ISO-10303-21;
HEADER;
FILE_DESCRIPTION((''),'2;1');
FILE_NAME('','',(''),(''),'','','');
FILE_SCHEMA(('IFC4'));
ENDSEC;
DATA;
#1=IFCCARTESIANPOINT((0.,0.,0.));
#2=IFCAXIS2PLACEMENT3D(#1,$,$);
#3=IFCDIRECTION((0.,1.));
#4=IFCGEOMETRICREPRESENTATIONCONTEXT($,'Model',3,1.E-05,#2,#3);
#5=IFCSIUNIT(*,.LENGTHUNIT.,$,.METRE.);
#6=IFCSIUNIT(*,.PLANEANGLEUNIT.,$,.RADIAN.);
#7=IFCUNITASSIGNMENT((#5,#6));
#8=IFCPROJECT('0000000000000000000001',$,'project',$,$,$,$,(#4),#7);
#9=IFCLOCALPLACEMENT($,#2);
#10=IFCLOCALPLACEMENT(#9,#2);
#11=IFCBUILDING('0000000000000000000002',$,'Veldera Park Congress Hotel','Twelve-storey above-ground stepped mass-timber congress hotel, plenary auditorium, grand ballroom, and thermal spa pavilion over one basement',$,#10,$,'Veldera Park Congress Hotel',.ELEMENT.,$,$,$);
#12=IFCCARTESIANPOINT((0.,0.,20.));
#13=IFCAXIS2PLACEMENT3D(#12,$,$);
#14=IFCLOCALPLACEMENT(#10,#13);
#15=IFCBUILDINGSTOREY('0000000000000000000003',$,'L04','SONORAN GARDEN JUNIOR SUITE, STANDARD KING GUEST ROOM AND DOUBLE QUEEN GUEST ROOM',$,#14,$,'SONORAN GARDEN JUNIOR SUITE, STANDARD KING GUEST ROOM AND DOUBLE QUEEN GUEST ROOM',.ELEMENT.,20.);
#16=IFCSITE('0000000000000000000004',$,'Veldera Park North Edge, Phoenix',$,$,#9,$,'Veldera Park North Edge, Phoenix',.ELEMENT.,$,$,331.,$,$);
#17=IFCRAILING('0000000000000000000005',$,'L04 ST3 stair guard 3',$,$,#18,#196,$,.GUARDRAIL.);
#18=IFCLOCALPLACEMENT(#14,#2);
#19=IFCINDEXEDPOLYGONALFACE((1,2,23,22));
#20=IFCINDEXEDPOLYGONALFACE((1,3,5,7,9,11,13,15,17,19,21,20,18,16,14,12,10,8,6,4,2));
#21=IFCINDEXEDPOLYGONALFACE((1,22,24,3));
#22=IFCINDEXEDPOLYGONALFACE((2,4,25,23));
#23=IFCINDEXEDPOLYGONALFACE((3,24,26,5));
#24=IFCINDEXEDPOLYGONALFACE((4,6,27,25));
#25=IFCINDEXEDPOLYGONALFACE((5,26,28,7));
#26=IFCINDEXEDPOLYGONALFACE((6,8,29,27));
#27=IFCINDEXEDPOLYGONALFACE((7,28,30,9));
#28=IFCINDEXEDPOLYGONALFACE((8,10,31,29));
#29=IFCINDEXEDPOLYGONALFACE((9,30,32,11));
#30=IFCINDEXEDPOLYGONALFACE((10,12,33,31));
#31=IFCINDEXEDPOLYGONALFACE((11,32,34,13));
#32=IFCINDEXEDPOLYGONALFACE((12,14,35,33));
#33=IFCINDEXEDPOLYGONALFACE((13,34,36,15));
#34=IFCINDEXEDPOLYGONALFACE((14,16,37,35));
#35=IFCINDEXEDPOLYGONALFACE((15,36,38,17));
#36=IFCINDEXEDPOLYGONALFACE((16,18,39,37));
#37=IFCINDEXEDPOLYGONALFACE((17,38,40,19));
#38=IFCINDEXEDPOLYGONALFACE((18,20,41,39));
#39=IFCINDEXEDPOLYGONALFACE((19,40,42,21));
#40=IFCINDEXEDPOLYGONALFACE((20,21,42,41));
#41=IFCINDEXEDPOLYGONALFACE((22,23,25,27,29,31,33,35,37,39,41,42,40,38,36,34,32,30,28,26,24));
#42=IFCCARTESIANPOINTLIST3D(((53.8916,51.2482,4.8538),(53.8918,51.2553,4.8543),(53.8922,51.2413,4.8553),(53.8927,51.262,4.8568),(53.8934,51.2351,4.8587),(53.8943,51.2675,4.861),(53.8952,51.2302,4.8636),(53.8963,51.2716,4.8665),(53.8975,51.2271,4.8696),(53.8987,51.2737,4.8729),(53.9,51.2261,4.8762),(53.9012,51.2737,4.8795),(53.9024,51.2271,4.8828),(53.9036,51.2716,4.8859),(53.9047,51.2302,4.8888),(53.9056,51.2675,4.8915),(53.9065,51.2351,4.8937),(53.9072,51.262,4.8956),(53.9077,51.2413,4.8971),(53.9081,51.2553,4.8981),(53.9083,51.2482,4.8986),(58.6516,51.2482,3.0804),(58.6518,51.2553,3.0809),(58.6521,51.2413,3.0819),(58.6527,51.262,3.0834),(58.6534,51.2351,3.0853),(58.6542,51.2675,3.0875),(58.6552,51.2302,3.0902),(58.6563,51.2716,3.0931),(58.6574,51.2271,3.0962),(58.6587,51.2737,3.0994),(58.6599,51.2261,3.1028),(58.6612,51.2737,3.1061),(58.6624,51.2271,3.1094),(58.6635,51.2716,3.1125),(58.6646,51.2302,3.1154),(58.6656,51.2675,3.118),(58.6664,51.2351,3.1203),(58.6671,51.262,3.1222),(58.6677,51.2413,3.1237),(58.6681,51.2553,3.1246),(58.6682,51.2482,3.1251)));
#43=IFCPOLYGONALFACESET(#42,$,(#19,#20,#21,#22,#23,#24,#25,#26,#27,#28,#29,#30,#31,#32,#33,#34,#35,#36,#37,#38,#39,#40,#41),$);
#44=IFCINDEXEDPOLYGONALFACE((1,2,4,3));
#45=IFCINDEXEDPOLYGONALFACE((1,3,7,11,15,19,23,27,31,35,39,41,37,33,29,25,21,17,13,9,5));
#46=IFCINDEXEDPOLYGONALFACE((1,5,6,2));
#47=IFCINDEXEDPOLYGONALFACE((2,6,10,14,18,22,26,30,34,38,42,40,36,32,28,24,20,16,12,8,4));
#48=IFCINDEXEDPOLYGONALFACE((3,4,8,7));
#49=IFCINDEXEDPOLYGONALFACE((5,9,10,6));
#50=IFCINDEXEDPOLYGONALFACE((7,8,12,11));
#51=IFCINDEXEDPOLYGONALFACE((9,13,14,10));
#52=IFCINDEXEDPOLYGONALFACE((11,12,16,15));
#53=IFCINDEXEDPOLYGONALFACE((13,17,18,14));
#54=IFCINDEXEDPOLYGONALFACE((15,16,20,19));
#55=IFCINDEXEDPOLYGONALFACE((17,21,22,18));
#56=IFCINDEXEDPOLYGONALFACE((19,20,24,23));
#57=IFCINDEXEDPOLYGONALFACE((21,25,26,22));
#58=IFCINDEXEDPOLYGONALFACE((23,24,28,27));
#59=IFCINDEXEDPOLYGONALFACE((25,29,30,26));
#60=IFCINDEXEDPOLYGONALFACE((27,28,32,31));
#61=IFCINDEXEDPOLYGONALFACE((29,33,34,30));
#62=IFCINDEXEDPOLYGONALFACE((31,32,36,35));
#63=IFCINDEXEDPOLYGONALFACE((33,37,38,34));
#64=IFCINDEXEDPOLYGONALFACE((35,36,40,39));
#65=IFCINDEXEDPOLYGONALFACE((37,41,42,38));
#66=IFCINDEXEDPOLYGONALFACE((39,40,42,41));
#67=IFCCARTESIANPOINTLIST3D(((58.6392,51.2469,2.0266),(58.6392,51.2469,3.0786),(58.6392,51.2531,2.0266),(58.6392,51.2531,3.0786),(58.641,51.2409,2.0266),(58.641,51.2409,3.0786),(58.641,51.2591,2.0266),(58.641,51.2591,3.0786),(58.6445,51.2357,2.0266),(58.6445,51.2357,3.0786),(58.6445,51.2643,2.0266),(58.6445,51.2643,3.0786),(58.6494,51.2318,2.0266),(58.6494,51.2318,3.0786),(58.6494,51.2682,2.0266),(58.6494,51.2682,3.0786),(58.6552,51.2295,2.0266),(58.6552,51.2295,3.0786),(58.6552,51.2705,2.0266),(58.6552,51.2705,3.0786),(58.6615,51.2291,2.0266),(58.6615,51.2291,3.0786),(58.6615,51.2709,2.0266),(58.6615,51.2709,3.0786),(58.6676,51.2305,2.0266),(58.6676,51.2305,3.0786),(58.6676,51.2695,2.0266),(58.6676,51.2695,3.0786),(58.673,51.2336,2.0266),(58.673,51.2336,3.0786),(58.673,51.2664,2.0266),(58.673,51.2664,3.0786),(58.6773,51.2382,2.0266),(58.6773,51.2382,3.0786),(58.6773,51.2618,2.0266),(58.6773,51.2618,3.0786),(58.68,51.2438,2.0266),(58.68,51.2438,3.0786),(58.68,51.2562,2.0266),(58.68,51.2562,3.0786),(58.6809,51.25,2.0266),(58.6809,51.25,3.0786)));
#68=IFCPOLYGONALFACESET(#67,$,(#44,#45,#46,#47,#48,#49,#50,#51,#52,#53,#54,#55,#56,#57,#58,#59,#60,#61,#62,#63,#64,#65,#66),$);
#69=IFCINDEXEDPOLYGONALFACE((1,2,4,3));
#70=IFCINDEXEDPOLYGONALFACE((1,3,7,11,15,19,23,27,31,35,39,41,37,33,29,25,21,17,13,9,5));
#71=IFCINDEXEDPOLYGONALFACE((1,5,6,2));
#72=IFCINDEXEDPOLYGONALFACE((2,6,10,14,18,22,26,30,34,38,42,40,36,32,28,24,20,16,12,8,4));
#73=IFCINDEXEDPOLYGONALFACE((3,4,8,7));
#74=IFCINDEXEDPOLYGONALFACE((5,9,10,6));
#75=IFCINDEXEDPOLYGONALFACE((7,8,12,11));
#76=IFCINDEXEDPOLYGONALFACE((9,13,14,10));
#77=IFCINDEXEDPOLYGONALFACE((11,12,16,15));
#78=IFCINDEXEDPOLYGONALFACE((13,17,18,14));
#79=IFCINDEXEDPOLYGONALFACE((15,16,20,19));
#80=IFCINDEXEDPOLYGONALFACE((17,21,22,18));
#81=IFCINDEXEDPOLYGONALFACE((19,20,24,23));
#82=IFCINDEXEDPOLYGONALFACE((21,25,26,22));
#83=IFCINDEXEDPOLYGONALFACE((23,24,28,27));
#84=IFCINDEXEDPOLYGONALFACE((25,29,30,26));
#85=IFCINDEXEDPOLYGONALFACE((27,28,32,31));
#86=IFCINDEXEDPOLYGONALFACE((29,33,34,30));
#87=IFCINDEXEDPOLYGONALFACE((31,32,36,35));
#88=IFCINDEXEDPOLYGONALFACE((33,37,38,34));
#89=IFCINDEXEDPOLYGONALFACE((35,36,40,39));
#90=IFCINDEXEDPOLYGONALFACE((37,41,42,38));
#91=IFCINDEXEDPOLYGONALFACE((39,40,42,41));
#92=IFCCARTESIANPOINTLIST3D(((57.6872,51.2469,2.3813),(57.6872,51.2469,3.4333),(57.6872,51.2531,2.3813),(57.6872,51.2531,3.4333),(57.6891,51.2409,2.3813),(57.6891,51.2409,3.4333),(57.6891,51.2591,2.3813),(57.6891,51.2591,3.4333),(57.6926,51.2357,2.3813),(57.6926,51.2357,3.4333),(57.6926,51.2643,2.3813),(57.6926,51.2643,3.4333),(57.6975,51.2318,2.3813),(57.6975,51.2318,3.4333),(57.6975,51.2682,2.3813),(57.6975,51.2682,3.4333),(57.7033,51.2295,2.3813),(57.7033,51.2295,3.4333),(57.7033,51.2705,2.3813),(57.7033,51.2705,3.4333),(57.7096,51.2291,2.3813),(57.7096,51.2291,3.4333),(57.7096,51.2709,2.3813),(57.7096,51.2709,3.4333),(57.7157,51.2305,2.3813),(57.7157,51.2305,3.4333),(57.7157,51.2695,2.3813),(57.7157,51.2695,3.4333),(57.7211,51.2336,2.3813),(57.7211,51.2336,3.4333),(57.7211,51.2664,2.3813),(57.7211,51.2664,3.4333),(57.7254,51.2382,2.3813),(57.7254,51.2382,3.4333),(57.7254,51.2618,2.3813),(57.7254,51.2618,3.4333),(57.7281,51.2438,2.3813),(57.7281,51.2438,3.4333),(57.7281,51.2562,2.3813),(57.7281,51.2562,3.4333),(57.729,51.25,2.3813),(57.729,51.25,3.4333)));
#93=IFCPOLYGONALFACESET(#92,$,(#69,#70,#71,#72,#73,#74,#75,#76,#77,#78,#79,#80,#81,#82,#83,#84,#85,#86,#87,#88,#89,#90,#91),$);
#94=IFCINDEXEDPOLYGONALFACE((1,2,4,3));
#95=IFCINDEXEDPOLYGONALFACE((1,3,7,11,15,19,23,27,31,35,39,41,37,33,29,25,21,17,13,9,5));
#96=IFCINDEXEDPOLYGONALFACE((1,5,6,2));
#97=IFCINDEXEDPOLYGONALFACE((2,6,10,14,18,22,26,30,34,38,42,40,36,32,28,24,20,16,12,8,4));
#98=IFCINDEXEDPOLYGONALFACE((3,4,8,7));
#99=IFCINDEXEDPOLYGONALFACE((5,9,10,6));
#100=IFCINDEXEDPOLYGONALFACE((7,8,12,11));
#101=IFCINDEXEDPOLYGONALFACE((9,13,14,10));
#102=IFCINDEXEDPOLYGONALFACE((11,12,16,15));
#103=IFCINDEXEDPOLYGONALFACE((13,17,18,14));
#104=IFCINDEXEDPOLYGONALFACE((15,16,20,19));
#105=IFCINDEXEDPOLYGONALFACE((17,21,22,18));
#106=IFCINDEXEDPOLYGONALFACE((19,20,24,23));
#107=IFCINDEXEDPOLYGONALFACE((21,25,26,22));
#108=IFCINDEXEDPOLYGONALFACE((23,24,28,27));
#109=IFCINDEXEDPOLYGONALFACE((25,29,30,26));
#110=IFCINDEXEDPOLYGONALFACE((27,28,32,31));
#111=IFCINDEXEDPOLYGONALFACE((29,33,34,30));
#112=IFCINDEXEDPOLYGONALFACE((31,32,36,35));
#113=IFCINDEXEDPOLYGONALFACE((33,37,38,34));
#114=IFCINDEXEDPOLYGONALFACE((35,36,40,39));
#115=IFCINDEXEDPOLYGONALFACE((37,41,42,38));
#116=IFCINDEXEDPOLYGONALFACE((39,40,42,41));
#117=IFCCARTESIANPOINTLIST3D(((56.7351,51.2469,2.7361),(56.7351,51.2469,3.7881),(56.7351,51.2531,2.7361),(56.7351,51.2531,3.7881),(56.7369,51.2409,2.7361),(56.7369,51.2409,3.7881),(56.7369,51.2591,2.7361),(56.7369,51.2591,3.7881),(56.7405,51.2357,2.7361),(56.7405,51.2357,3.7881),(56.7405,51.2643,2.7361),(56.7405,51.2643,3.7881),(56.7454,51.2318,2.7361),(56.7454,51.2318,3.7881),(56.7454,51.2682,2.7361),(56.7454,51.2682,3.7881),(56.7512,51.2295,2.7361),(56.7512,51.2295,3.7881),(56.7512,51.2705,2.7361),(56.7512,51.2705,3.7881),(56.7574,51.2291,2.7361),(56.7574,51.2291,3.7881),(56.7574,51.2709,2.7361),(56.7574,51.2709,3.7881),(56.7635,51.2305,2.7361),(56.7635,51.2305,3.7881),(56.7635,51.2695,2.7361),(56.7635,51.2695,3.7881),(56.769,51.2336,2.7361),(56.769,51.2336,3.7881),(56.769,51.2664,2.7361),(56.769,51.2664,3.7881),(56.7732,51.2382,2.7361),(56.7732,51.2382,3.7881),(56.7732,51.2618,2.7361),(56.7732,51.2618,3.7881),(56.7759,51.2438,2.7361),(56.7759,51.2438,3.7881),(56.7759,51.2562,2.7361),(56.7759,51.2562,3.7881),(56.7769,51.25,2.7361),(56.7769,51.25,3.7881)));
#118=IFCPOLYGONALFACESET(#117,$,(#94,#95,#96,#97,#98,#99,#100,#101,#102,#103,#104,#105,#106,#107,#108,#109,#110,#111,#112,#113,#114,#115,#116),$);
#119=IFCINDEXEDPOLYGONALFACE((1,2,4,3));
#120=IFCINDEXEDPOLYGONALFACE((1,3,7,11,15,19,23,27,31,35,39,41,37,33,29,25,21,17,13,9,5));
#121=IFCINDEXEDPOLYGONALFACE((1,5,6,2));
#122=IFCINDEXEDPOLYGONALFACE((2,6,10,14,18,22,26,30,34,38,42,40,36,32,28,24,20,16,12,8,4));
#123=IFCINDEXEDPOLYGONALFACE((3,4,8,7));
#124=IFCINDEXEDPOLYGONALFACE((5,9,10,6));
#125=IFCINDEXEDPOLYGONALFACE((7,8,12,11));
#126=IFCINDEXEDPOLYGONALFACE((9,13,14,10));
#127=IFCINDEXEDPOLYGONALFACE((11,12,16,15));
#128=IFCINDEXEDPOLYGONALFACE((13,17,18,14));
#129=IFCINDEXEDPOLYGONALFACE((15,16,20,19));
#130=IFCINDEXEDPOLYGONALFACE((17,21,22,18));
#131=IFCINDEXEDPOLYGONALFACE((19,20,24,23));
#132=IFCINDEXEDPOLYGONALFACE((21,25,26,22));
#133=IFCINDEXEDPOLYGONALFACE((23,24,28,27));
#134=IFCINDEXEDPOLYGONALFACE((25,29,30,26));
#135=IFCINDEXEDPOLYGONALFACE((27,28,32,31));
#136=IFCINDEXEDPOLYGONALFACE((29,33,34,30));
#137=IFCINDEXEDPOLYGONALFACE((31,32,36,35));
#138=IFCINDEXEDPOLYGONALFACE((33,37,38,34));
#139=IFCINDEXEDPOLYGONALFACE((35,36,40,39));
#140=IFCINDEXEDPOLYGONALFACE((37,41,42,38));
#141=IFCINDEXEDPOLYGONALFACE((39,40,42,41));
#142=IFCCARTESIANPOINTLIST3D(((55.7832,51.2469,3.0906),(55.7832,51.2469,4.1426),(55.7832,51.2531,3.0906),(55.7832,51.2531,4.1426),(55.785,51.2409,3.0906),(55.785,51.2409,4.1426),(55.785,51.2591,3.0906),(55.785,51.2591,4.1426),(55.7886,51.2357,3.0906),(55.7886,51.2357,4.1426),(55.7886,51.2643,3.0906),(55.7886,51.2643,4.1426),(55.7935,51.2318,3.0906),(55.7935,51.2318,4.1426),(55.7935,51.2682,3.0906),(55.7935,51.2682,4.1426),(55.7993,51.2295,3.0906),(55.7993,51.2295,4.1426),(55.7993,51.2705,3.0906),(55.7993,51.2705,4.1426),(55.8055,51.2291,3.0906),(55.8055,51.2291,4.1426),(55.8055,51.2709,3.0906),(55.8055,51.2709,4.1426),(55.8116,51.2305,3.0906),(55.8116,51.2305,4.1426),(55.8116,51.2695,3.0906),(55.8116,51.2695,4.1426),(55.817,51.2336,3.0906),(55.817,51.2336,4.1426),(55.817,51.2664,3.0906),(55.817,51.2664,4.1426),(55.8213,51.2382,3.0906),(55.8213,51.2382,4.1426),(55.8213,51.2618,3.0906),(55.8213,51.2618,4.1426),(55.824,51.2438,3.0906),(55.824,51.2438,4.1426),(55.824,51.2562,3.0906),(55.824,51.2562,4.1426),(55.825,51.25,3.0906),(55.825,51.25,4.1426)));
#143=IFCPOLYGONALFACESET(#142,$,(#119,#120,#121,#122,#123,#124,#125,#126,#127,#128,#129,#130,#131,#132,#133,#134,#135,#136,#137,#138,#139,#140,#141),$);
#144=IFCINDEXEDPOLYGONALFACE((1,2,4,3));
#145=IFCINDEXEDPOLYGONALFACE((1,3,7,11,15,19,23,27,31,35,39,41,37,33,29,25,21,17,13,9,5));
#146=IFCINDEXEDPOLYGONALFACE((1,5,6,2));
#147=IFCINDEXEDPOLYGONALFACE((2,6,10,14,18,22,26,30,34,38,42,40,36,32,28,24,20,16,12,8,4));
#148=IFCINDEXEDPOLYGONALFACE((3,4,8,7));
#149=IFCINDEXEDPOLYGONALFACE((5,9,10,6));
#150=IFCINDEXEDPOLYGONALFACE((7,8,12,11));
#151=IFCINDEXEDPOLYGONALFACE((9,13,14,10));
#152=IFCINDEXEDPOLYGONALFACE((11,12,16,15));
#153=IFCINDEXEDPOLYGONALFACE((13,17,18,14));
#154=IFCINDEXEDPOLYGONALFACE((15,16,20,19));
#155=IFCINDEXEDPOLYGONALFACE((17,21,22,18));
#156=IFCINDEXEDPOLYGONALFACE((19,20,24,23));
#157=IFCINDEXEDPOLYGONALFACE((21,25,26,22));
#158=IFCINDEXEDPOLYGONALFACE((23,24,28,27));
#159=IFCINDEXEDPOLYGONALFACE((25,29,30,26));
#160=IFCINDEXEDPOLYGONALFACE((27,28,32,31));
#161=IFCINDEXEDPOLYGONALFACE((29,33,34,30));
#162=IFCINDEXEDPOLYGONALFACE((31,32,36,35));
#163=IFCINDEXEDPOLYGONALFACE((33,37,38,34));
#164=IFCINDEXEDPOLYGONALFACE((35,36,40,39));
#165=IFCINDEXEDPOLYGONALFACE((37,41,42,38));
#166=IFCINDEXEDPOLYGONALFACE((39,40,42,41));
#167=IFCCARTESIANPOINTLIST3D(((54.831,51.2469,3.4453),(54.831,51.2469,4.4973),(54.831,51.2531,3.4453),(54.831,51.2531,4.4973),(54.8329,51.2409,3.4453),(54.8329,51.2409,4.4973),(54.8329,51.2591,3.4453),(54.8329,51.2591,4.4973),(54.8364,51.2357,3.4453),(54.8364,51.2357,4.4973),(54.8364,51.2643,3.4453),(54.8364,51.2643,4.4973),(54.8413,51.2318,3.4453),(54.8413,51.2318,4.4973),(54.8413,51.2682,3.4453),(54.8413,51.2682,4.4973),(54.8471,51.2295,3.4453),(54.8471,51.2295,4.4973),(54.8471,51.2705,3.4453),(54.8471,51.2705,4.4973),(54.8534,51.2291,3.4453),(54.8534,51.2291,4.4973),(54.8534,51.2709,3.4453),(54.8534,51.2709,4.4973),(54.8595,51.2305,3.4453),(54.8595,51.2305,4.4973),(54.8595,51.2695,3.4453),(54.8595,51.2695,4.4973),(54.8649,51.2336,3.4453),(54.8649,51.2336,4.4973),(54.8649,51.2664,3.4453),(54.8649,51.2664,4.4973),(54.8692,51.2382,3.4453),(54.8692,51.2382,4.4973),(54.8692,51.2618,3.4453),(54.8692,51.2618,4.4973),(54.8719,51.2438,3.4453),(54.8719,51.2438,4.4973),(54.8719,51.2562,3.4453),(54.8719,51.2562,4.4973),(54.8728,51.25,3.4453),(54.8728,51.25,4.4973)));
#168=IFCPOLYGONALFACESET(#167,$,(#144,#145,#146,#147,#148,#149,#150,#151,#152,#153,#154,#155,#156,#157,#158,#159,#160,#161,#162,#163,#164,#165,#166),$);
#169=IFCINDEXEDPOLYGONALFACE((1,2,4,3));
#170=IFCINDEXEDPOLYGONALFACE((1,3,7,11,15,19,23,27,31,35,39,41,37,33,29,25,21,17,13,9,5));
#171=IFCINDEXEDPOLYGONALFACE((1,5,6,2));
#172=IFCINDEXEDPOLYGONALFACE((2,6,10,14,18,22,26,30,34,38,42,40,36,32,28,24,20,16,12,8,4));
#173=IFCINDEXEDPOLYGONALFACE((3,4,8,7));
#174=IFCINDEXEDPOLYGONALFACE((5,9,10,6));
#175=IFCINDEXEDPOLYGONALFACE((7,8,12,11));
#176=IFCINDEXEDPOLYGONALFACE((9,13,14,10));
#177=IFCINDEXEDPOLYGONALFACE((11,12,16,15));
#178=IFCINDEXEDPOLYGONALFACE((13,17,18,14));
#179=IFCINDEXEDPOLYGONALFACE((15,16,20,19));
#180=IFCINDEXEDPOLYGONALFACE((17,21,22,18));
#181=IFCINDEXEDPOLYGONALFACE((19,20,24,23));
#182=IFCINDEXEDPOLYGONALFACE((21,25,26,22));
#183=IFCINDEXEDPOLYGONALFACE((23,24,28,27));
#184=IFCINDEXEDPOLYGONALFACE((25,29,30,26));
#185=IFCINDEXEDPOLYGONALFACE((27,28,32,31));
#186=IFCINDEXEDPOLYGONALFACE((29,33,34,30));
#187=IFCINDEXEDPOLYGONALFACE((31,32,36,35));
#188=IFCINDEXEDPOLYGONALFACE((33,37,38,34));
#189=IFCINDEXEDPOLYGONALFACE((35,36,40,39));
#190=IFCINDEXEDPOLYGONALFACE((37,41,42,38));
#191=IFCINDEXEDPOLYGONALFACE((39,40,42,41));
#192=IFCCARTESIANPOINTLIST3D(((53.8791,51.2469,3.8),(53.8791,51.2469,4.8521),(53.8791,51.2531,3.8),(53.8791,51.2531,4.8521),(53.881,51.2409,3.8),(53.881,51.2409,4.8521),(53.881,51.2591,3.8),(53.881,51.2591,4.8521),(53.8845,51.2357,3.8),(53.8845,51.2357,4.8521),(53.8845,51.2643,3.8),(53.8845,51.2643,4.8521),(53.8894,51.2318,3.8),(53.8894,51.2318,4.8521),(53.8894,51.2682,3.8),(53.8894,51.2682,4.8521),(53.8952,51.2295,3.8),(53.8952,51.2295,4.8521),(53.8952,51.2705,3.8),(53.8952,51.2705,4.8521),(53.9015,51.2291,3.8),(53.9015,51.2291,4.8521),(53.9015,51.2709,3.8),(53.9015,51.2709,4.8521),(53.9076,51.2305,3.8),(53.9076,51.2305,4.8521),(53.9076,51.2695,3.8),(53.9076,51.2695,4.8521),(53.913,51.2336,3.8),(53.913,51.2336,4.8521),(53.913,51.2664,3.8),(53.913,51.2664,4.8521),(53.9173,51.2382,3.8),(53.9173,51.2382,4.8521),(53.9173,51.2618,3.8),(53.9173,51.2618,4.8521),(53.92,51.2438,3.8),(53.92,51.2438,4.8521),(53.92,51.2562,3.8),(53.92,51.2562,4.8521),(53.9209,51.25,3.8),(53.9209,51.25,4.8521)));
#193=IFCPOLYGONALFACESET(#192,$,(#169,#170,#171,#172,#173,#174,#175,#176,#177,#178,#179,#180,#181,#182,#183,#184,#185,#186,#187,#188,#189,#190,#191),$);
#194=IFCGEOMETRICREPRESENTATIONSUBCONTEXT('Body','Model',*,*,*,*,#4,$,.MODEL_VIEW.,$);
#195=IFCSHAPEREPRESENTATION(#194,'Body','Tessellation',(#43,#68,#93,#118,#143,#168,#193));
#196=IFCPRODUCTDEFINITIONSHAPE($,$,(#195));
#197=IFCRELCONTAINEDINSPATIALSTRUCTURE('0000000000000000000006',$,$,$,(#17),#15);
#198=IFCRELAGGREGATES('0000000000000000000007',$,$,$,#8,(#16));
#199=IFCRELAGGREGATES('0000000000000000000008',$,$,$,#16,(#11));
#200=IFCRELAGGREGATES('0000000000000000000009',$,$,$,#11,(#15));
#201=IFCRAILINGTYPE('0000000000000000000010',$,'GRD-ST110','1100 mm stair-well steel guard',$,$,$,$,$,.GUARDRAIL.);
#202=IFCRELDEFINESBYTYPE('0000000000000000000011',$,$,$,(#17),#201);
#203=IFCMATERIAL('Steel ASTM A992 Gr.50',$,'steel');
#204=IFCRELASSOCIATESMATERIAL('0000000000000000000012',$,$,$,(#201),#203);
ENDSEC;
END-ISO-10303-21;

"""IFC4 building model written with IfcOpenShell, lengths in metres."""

from ifc_helpers import new_model, si_unit, direction, frame, origin, origin_2d, place, context, subcontext, project, spatial, circle, extrude, material, type_object, element, save


model = new_model("IFC4")

# Units and contexts
model_context = context("Model", 3, precision=1e-05, world=origin(), true_north=direction((0.0, 1.0)))
body_context = subcontext(model_context, "Body", "Model", "MODEL_VIEW")
ifc_project = project(units=[si_unit("LENGTHUNIT", "METRE"), si_unit("PLANEANGLEUNIT", "RADIAN")], contexts=[model_context])

# Site, building, storey
site_placement = place(None, origin())
site = spatial("IfcSite", under=ifc_project, at=site_placement, Name="Veldera Park North Edge, Phoenix", LongName="Veldera Park North Edge, Phoenix", CompositionType="ELEMENT", RefElevation=331.0)
building_placement = place(site_placement, origin())
building = spatial("IfcBuilding", under=site, at=building_placement, Name="Veldera Park Congress Hotel", Description="Twelve-storey above-ground stepped mass-timber congress hotel, plenary auditorium, grand ballroom, and thermal spa pavilion over one basement", LongName="Veldera Park Congress Hotel", CompositionType="ELEMENT")
storey_placement = place(building_placement, frame((0.0, 0.0, 20.0)))
storey = spatial("IfcBuildingStorey", under=building, at=storey_placement, Name="L04", Description="SONORAN GARDEN JUNIOR SUITE, STANDARD KING GUEST ROOM AND DOUBLE QUEEN GUEST ROOM", LongName="SONORAN GARDEN JUNIOR SUITE, STANDARD KING GUEST ROOM AND DOUBLE QUEEN GUEST ROOM", CompositionType="ELEMENT", Elevation=20.0)

# Railing
ifc_material_1 = material(Name="Steel ASTM A992 Gr.50", Category="steel")
railing_type_1 = type_object("IfcRailingType", Name="GRD-ST110", Description="1100 mm stair-well steel guard", PredefinedType="GUARDRAIL", material=ifc_material_1)
railing_1_placement = place(storey_placement, frame((58.6599, 51.25, 2.0266)))
element("IfcRailing", 1, at=railing_1_placement, inside=storey, type_object=railing_type_1, Name="L04 ST3 stair guard 3", PredefinedType="GUARDRAIL", context=body_context, shape_type="SweptSolid", body=[
    extrude(circle(Radius=0.0239, at=origin_2d()), frame((0.0, 0.0, 1.0762), z_axis=(-0.937076, 0.0, 0.349126), x_axis=(0.0, -1.0, 0.0)), (0.0, 0.0, 1.0), 5.0796),
    extrude(circle(Radius=0.021, at=origin_2d()), origin(), (0.0, 0.0, 1.0), 1.052),
    extrude(circle(Radius=0.021, at=origin_2d()), frame((-0.9519, 0.0, 0.3547)), (0.0, 0.0, 1.0), 1.052),
    extrude(circle(Radius=0.021, at=origin_2d()), frame((-1.9041, 0.0, 0.7095)), (0.0, 0.0, 1.0), 1.052),
    extrude(circle(Radius=0.021, at=origin_2d()), frame((-2.856, 0.0, 1.064)), (0.0, 0.0, 1.0), 1.052),
    extrude(circle(Radius=0.021, at=origin_2d()), frame((-3.8081, 0.0, 1.4187)), (0.0, 0.0, 1.0), 1.052),
    extrude(circle(Radius=0.021, at=origin_2d()), frame((-4.76, 0.0, 1.7734)), (0.0, 0.0, 1.0), 1.052),
])

save(model, "model.ifc")
